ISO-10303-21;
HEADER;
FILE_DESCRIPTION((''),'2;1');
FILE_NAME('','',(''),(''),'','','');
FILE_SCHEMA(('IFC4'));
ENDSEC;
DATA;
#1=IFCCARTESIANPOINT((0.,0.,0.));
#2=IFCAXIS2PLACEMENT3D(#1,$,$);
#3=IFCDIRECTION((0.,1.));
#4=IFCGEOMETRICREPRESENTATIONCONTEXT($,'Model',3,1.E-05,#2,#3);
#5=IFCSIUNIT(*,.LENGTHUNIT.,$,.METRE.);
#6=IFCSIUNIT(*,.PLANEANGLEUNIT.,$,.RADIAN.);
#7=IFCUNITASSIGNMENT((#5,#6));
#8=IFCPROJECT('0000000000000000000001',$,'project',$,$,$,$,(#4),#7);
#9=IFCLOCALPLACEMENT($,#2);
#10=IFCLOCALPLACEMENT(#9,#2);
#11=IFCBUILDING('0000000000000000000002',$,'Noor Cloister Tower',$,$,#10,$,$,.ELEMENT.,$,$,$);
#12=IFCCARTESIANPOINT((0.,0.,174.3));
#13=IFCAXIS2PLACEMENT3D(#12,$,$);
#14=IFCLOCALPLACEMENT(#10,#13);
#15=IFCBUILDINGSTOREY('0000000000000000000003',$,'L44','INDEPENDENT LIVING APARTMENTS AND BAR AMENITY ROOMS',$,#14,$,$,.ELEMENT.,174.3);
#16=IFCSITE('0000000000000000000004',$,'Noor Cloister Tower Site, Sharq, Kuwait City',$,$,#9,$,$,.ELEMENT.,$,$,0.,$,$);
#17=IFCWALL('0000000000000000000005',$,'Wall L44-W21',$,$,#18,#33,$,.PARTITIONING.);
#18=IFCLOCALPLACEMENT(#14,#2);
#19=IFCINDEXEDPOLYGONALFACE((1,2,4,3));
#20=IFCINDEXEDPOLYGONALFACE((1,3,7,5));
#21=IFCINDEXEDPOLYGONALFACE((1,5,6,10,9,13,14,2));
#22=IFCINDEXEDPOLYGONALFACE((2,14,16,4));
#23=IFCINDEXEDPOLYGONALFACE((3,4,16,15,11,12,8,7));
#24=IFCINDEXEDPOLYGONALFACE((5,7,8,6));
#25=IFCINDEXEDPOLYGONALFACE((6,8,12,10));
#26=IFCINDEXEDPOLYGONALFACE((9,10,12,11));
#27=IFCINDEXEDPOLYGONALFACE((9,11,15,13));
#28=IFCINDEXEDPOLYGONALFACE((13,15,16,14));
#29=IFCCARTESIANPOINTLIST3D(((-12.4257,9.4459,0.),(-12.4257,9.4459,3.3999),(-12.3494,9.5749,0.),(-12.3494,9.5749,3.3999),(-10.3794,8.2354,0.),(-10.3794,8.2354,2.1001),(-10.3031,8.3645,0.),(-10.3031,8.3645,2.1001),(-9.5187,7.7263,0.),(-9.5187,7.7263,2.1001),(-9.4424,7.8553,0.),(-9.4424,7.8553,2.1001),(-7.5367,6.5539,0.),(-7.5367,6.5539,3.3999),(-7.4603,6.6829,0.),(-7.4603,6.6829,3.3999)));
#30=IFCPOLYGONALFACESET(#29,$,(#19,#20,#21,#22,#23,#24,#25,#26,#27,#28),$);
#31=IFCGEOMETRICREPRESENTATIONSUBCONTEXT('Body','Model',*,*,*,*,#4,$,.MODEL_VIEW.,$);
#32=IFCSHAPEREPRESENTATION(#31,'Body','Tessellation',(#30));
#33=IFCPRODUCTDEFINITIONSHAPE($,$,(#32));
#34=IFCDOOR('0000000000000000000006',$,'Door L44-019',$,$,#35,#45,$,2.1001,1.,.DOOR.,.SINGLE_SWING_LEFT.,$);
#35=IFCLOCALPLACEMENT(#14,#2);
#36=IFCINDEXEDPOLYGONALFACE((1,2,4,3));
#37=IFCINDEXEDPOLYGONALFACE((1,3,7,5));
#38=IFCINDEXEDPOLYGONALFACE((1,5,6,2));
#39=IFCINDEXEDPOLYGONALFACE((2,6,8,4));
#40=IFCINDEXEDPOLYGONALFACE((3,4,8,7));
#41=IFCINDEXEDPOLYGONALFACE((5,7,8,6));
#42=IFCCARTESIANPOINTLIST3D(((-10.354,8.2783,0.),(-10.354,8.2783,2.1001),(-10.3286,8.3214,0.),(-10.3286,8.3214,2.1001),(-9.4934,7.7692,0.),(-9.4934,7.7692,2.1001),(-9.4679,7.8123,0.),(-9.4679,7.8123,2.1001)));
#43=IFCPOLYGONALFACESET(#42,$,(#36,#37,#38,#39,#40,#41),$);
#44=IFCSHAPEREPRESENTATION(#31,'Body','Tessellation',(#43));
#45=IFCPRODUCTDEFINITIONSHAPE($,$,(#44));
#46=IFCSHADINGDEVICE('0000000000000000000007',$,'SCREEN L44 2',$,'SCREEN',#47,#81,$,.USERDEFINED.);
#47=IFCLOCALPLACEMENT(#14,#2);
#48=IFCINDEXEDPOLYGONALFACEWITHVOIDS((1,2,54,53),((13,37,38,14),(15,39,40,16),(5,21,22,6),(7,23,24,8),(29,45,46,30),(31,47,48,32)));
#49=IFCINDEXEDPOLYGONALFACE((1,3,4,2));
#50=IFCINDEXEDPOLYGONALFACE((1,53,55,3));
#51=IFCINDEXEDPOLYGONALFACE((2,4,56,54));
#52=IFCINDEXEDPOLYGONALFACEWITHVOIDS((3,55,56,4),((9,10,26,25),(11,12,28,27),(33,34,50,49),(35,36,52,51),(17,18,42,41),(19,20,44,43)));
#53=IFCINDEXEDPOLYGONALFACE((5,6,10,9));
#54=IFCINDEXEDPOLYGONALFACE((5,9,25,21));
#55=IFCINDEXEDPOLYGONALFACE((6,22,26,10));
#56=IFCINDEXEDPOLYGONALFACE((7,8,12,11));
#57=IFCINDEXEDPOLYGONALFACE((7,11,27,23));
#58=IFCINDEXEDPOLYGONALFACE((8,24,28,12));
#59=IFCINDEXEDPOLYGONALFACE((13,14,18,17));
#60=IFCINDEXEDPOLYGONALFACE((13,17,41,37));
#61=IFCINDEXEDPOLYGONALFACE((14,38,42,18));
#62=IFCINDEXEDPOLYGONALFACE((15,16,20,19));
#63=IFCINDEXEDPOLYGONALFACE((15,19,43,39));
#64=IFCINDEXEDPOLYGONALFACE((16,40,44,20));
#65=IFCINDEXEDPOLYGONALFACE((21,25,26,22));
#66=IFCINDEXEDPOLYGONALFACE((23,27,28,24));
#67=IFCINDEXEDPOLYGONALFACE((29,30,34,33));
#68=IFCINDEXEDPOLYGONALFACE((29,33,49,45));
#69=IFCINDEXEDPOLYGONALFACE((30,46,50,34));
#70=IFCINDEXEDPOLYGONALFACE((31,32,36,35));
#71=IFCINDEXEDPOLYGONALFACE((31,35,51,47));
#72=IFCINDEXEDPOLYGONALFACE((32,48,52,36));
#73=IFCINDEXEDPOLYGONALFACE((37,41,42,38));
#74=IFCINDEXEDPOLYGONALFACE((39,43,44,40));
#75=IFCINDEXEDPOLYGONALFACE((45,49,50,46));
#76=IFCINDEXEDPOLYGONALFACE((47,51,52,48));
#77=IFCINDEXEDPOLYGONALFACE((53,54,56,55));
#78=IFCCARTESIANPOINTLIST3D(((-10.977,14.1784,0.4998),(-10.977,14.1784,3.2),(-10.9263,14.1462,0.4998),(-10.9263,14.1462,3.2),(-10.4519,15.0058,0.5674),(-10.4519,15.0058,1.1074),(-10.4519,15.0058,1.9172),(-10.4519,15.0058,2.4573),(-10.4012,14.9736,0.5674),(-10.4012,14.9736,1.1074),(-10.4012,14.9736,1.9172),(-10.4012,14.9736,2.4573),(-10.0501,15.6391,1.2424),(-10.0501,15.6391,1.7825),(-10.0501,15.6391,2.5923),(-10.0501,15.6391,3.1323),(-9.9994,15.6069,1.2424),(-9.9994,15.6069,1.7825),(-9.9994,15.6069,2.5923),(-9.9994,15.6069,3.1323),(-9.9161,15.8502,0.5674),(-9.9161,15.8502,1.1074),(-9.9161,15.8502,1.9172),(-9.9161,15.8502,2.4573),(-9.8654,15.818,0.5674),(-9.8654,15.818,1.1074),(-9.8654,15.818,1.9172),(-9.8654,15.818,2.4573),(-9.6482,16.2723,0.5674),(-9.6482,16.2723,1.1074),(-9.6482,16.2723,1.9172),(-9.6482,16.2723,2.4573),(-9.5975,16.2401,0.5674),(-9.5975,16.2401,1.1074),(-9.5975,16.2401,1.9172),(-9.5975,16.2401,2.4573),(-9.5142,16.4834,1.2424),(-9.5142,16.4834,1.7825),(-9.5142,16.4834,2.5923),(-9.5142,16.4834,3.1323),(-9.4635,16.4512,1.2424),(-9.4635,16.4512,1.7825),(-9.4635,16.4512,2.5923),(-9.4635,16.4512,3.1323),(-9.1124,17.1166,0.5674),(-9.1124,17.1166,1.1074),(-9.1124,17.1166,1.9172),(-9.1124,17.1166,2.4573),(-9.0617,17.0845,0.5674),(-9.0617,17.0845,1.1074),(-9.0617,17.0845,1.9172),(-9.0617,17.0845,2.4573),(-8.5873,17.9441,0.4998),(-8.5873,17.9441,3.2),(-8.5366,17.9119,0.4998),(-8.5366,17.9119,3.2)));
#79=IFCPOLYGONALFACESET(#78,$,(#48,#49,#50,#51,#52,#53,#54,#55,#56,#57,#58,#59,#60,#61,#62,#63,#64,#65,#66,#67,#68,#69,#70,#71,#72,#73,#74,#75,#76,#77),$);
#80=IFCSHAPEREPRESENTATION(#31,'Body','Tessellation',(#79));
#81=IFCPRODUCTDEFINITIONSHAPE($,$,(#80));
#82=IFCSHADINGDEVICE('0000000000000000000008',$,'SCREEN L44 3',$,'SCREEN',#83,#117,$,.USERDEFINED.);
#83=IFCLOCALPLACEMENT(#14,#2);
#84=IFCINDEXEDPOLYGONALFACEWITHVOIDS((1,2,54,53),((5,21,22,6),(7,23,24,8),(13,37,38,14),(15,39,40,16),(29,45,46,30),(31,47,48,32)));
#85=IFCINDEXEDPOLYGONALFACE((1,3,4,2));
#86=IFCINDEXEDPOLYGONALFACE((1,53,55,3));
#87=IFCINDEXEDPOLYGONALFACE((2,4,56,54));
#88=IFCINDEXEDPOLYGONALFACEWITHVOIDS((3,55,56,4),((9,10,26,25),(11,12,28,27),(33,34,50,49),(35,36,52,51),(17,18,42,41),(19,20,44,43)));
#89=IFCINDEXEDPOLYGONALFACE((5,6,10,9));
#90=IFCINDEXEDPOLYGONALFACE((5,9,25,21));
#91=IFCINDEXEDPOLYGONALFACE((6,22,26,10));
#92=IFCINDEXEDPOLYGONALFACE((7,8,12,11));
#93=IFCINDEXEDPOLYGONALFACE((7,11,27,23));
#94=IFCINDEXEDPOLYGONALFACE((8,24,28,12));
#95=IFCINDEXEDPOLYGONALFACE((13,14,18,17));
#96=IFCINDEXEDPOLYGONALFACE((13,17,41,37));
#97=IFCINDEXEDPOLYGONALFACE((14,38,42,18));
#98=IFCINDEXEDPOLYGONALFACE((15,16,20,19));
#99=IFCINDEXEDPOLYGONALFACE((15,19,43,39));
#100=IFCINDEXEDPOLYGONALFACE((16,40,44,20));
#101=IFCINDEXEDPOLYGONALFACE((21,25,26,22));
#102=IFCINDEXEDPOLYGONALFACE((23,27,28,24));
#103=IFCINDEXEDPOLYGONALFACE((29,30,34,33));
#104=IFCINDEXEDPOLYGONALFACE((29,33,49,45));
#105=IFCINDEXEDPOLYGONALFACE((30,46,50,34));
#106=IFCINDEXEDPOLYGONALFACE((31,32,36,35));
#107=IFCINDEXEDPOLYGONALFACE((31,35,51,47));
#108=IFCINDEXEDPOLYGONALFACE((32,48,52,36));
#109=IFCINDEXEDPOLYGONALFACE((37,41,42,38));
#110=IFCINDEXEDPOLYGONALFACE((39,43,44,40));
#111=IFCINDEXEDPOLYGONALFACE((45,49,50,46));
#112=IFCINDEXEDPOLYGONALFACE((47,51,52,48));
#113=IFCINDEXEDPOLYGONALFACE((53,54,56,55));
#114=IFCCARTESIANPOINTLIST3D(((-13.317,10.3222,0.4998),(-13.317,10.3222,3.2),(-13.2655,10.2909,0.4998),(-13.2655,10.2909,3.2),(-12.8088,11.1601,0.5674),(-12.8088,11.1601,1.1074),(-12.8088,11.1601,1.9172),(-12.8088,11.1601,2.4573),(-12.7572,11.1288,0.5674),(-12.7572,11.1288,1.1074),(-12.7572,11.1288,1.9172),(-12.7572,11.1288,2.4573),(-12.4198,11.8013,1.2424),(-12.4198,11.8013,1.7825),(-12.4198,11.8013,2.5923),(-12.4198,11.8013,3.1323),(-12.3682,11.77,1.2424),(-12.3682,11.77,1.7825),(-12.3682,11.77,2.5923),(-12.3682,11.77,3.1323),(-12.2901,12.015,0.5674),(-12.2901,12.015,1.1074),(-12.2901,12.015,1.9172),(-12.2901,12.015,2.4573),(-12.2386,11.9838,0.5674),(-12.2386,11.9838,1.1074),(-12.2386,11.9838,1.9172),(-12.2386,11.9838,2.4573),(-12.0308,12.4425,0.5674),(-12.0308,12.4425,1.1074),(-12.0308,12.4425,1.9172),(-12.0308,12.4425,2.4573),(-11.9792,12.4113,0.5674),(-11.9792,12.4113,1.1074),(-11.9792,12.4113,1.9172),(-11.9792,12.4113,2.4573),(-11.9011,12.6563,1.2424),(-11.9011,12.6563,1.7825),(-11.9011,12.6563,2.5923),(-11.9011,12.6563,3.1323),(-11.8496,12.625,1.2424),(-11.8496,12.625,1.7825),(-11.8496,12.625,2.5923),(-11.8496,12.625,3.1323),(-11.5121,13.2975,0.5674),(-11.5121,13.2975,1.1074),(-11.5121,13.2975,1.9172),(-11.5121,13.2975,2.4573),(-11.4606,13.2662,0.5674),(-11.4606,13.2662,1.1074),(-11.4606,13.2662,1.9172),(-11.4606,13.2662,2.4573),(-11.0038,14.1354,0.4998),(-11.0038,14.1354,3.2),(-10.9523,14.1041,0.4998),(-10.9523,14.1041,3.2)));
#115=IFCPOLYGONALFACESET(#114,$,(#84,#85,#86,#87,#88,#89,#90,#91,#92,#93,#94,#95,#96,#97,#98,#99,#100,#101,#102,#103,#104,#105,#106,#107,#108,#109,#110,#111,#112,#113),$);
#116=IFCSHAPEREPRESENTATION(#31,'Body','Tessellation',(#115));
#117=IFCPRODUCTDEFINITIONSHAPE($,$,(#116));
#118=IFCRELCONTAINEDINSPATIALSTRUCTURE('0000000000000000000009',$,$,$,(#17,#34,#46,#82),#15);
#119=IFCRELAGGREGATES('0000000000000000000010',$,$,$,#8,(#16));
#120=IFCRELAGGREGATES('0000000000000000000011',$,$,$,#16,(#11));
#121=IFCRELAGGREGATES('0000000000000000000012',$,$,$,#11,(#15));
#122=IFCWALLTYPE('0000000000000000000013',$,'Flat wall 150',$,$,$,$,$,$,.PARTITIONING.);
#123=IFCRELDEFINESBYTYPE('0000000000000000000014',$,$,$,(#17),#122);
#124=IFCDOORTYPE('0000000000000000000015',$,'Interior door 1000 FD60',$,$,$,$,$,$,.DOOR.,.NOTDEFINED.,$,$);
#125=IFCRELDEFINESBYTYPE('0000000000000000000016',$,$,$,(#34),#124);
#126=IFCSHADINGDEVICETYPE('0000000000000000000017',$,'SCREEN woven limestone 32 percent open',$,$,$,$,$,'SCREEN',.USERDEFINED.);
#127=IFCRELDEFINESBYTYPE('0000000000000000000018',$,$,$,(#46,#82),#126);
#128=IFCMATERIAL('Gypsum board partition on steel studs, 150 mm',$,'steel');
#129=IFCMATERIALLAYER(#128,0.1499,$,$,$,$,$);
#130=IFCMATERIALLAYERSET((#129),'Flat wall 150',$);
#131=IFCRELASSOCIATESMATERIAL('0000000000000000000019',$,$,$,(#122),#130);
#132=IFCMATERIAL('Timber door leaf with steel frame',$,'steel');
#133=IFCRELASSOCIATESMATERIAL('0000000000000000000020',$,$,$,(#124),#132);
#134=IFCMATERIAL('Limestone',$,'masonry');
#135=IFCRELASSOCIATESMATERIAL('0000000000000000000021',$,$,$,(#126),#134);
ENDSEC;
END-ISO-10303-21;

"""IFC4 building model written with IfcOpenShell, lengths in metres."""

from ifc_helpers import new_model, si_unit, direction, frame, frame_2d, origin, place, context, subcontext, project, spatial, polyline, rectangle, outline, extrude, material, layer, layer_set, material_profile, profile_set, type_object, element, fill, save


model = new_model("IFC4")

# Units and contexts
model_context = context("Model", 3, precision=1e-05, world=origin(), true_north=direction((0.0, 1.0)))
body_context = subcontext(model_context, "Body", "Model", "MODEL_VIEW")
ifc_project = project(units=[si_unit("LENGTHUNIT", "METRE"), si_unit("PLANEANGLEUNIT", "RADIAN")], contexts=[model_context])

# Site, building, storey
site_placement = place(None, origin())
site = spatial("IfcSite", under=ifc_project, at=site_placement, Name="Noor Cloister Tower Site, Sharq, Kuwait City", CompositionType="ELEMENT", RefElevation=0.0)
building_placement = place(site_placement, origin())
building = spatial("IfcBuilding", under=site, at=building_placement, Name="Noor Cloister Tower", CompositionType="ELEMENT")
storey_placement = place(building_placement, frame((0.0, 0.0, 174.3)))
storey = spatial("IfcBuildingStorey", under=building, at=storey_placement, Name="L44", Description="INDEPENDENT LIVING APARTMENTS AND BAR AMENITY ROOMS", CompositionType="ELEMENT", Elevation=174.3)

# Wall, opening, door
ifc_material_1 = material(Name="Gypsum board partition on steel studs, 150 mm", Category="steel")
ifc_layer_1 = layer(ifc_material_1, 0.1499)
ifc_layer_set_1 = layer_set([ifc_layer_1], Name="Flat wall 150")
wall_type = type_object("IfcWallType", Name="Flat wall 150", PredefinedType="PARTITIONING", material=ifc_layer_set_1)
wall_1_placement = place(storey_placement, frame((-12.3877, 9.5105, 0.0), z_axis=(0.0, 0.0, 1.0), x_axis=(0.860692, -0.509126, 0.0)))
wall_1 = element("IfcWall", 1, at=wall_1_placement, inside=storey, type_object=wall_type, Name="Wall L44-W21", PredefinedType="PARTITIONING", context=body_context, shape_type="SweptSolid", body=[
    extrude(rectangle(XDim=5.6804, YDim=0.1499, at=frame_2d((2.8403, 0.0))), origin(), (0.0, 0.0, 1.0), 3.3999),
])
opening_1_placement = place(wall_1_placement, frame((2.3777, 0.0, 0.0)))
opening_1 = element("IfcOpeningElement", 2, at=opening_1_placement, cuts=wall_1, PredefinedType="OPENING", context=body_context, shape_type="SweptSolid", body=[
    extrude(rectangle(XDim=1.0, YDim=2.1001, at=frame_2d((0.5, 1.05))), frame((0.0, 0.085, 0.0), z_axis=(0.0, -1.0, 0.0), x_axis=(1.0, 0.0, 0.0)), (0.0, 0.0, 1.0), 0.1699),
])
ifc_material_2 = material(Name="Timber door leaf with steel frame", Category="steel")
door_type_1 = type_object("IfcDoorType", Name="Interior door 1000 FD60", OperationType="NOTDEFINED", PredefinedType="DOOR", material=ifc_material_2)
door_1_placement = place(opening_1_placement, origin())
door_1 = element("IfcDoor", 3, at=door_1_placement, inside=storey, type_object=door_type_1, Name="Door L44-019", OperationType="SINGLE_SWING_LEFT", OverallHeight=2.1001, OverallWidth=1.0, PredefinedType="DOOR", context=body_context, shape_type="SweptSolid", body=[
    extrude(rectangle(XDim=1.0, YDim=2.1001, at=frame_2d((0.5, 1.05))), frame((0.0, 0.0249, 0.0), z_axis=(0.0, -1.0, 0.0), x_axis=(1.0, 0.0, 0.0)), (0.0, 0.0, 1.0), 0.05),
])
fill(opening_1, door_1)

# Shading devices
ifc_material_3 = material(Name="Limestone", Category="masonry")
ifc_material_profile_1 = material_profile(ifc_material_3, outline(polyline([(-2.23, -1.3501), (2.23, -1.3501), (2.23, 1.3501), (-2.23, 1.3501), (-2.23, -1.3501)]), holes=[polyline([(-1.25, -1.2825), (-0.25, -1.2825), (-0.25, -0.7424), (-1.25, -0.7424), (-1.25, -1.2825)]), polyline([(0.25, -1.2825), (1.25, -1.2825), (1.25, -0.7424), (0.25, -0.7424), (0.25, -1.2825)]), polyline([(-0.5, -0.6074), (0.5, -0.6074), (0.5, -0.0674), (-0.5, -0.0674), (-0.5, -0.6074)]), polyline([(-1.25, 0.0674), (-0.25, 0.0674), (-0.25, 0.6074), (-1.25, 0.6074), (-1.25, 0.0674)]), polyline([(0.25, 0.0674), (1.25, 0.0674), (1.25, 0.6074), (0.25, 0.6074), (0.25, 0.0674)]), polyline([(-0.5, 0.7424), (0.5, 0.7424), (0.5, 1.2825), (-0.5, 1.2825), (-0.5, 0.7424)])]), Name="Woven screen 32 percent open")
ifc_profile_set_1 = profile_set([ifc_material_profile_1], Name="Limestone")
shading_device_type = type_object("IfcShadingDeviceType", Name="SCREEN woven limestone 32 percent open", ElementType="SCREEN", PredefinedType="USERDEFINED", material=ifc_profile_set_1)
shading_device_1_placement = place(storey_placement, frame((-9.7314, 16.0291, 1.8499), z_axis=(-0.844329, 0.535824, 0.0), x_axis=(-0.535824, -0.844329, 0.0)))
element("IfcShadingDevice", 4, at=shading_device_1_placement, inside=storey, type_object=shading_device_type, Name="SCREEN L44 2", ObjectType="SCREEN", PredefinedType="USERDEFINED", context=body_context, shape_type="SweptSolid", body=[
    extrude(outline(polyline([(-2.23, -1.3501), (2.23, -1.3501), (2.23, 1.3501), (-2.23, 1.3501), (-2.23, -1.3501)]), holes=[polyline([(-1.25, -1.2825), (-0.25, -1.2825), (-0.25, -0.7424), (-1.25, -0.7424), (-1.25, -1.2825)]), polyline([(0.25, -1.2825), (1.25, -1.2825), (1.25, -0.7424), (0.25, -0.7424), (0.25, -1.2825)]), polyline([(-0.5, -0.6074), (0.5, -0.6074), (0.5, -0.0674), (-0.5, -0.0674), (-0.5, -0.6074)]), polyline([(-1.25, 0.0674), (-0.25, 0.0674), (-0.25, 0.6074), (-1.25, 0.6074), (-1.25, 0.0674)]), polyline([(0.25, 0.0674), (1.25, 0.0674), (1.25, 0.6074), (0.25, 0.6074), (0.25, 0.0674)]), polyline([(-0.5, 0.7424), (0.5, 0.7424), (0.5, 1.2825), (-0.5, 1.2825), (-0.5, 0.7424)])]), origin(), (0.0, 0.0, 1.0), 0.0601),
])
shading_device_2_placement = place(storey_placement, frame((-12.1089, 12.1975, 1.8499), z_axis=(-0.85498, 0.518661, 0.0), x_axis=(-0.518661, -0.85498, 0.0)))
element("IfcShadingDevice", 5, at=shading_device_2_placement, inside=storey, type_object=shading_device_type, Name="SCREEN L44 3", ObjectType="SCREEN", PredefinedType="USERDEFINED", context=body_context, shape_type="SweptSolid", body=[
    extrude(outline(polyline([(-2.23, -1.3501), (2.23, -1.3501), (2.23, 1.3501), (-2.23, 1.3501), (-2.23, -1.3501)]), holes=[polyline([(-1.25, -1.2825), (-0.25, -1.2825), (-0.25, -0.7424), (-1.25, -0.7424), (-1.25, -1.2825)]), polyline([(0.25, -1.2825), (1.25, -1.2825), (1.25, -0.7424), (0.25, -0.7424), (0.25, -1.2825)]), polyline([(-0.5, -0.6074), (0.5, -0.6074), (0.5, -0.0674), (-0.5, -0.0674), (-0.5, -0.6074)]), polyline([(-1.25, 0.0674), (-0.25, 0.0674), (-0.25, 0.6074), (-1.25, 0.6074), (-1.25, 0.0674)]), polyline([(0.25, 0.0674), (1.25, 0.0674), (1.25, 0.6074), (0.25, 0.6074), (0.25, 0.0674)]), polyline([(-0.5, 0.7424), (0.5, 0.7424), (0.5, 1.2825), (-0.5, 1.2825), (-0.5, 0.7424)])]), origin(), (0.0, 0.0, 1.0), 0.0603),
])

save(model, "model.ifc")
